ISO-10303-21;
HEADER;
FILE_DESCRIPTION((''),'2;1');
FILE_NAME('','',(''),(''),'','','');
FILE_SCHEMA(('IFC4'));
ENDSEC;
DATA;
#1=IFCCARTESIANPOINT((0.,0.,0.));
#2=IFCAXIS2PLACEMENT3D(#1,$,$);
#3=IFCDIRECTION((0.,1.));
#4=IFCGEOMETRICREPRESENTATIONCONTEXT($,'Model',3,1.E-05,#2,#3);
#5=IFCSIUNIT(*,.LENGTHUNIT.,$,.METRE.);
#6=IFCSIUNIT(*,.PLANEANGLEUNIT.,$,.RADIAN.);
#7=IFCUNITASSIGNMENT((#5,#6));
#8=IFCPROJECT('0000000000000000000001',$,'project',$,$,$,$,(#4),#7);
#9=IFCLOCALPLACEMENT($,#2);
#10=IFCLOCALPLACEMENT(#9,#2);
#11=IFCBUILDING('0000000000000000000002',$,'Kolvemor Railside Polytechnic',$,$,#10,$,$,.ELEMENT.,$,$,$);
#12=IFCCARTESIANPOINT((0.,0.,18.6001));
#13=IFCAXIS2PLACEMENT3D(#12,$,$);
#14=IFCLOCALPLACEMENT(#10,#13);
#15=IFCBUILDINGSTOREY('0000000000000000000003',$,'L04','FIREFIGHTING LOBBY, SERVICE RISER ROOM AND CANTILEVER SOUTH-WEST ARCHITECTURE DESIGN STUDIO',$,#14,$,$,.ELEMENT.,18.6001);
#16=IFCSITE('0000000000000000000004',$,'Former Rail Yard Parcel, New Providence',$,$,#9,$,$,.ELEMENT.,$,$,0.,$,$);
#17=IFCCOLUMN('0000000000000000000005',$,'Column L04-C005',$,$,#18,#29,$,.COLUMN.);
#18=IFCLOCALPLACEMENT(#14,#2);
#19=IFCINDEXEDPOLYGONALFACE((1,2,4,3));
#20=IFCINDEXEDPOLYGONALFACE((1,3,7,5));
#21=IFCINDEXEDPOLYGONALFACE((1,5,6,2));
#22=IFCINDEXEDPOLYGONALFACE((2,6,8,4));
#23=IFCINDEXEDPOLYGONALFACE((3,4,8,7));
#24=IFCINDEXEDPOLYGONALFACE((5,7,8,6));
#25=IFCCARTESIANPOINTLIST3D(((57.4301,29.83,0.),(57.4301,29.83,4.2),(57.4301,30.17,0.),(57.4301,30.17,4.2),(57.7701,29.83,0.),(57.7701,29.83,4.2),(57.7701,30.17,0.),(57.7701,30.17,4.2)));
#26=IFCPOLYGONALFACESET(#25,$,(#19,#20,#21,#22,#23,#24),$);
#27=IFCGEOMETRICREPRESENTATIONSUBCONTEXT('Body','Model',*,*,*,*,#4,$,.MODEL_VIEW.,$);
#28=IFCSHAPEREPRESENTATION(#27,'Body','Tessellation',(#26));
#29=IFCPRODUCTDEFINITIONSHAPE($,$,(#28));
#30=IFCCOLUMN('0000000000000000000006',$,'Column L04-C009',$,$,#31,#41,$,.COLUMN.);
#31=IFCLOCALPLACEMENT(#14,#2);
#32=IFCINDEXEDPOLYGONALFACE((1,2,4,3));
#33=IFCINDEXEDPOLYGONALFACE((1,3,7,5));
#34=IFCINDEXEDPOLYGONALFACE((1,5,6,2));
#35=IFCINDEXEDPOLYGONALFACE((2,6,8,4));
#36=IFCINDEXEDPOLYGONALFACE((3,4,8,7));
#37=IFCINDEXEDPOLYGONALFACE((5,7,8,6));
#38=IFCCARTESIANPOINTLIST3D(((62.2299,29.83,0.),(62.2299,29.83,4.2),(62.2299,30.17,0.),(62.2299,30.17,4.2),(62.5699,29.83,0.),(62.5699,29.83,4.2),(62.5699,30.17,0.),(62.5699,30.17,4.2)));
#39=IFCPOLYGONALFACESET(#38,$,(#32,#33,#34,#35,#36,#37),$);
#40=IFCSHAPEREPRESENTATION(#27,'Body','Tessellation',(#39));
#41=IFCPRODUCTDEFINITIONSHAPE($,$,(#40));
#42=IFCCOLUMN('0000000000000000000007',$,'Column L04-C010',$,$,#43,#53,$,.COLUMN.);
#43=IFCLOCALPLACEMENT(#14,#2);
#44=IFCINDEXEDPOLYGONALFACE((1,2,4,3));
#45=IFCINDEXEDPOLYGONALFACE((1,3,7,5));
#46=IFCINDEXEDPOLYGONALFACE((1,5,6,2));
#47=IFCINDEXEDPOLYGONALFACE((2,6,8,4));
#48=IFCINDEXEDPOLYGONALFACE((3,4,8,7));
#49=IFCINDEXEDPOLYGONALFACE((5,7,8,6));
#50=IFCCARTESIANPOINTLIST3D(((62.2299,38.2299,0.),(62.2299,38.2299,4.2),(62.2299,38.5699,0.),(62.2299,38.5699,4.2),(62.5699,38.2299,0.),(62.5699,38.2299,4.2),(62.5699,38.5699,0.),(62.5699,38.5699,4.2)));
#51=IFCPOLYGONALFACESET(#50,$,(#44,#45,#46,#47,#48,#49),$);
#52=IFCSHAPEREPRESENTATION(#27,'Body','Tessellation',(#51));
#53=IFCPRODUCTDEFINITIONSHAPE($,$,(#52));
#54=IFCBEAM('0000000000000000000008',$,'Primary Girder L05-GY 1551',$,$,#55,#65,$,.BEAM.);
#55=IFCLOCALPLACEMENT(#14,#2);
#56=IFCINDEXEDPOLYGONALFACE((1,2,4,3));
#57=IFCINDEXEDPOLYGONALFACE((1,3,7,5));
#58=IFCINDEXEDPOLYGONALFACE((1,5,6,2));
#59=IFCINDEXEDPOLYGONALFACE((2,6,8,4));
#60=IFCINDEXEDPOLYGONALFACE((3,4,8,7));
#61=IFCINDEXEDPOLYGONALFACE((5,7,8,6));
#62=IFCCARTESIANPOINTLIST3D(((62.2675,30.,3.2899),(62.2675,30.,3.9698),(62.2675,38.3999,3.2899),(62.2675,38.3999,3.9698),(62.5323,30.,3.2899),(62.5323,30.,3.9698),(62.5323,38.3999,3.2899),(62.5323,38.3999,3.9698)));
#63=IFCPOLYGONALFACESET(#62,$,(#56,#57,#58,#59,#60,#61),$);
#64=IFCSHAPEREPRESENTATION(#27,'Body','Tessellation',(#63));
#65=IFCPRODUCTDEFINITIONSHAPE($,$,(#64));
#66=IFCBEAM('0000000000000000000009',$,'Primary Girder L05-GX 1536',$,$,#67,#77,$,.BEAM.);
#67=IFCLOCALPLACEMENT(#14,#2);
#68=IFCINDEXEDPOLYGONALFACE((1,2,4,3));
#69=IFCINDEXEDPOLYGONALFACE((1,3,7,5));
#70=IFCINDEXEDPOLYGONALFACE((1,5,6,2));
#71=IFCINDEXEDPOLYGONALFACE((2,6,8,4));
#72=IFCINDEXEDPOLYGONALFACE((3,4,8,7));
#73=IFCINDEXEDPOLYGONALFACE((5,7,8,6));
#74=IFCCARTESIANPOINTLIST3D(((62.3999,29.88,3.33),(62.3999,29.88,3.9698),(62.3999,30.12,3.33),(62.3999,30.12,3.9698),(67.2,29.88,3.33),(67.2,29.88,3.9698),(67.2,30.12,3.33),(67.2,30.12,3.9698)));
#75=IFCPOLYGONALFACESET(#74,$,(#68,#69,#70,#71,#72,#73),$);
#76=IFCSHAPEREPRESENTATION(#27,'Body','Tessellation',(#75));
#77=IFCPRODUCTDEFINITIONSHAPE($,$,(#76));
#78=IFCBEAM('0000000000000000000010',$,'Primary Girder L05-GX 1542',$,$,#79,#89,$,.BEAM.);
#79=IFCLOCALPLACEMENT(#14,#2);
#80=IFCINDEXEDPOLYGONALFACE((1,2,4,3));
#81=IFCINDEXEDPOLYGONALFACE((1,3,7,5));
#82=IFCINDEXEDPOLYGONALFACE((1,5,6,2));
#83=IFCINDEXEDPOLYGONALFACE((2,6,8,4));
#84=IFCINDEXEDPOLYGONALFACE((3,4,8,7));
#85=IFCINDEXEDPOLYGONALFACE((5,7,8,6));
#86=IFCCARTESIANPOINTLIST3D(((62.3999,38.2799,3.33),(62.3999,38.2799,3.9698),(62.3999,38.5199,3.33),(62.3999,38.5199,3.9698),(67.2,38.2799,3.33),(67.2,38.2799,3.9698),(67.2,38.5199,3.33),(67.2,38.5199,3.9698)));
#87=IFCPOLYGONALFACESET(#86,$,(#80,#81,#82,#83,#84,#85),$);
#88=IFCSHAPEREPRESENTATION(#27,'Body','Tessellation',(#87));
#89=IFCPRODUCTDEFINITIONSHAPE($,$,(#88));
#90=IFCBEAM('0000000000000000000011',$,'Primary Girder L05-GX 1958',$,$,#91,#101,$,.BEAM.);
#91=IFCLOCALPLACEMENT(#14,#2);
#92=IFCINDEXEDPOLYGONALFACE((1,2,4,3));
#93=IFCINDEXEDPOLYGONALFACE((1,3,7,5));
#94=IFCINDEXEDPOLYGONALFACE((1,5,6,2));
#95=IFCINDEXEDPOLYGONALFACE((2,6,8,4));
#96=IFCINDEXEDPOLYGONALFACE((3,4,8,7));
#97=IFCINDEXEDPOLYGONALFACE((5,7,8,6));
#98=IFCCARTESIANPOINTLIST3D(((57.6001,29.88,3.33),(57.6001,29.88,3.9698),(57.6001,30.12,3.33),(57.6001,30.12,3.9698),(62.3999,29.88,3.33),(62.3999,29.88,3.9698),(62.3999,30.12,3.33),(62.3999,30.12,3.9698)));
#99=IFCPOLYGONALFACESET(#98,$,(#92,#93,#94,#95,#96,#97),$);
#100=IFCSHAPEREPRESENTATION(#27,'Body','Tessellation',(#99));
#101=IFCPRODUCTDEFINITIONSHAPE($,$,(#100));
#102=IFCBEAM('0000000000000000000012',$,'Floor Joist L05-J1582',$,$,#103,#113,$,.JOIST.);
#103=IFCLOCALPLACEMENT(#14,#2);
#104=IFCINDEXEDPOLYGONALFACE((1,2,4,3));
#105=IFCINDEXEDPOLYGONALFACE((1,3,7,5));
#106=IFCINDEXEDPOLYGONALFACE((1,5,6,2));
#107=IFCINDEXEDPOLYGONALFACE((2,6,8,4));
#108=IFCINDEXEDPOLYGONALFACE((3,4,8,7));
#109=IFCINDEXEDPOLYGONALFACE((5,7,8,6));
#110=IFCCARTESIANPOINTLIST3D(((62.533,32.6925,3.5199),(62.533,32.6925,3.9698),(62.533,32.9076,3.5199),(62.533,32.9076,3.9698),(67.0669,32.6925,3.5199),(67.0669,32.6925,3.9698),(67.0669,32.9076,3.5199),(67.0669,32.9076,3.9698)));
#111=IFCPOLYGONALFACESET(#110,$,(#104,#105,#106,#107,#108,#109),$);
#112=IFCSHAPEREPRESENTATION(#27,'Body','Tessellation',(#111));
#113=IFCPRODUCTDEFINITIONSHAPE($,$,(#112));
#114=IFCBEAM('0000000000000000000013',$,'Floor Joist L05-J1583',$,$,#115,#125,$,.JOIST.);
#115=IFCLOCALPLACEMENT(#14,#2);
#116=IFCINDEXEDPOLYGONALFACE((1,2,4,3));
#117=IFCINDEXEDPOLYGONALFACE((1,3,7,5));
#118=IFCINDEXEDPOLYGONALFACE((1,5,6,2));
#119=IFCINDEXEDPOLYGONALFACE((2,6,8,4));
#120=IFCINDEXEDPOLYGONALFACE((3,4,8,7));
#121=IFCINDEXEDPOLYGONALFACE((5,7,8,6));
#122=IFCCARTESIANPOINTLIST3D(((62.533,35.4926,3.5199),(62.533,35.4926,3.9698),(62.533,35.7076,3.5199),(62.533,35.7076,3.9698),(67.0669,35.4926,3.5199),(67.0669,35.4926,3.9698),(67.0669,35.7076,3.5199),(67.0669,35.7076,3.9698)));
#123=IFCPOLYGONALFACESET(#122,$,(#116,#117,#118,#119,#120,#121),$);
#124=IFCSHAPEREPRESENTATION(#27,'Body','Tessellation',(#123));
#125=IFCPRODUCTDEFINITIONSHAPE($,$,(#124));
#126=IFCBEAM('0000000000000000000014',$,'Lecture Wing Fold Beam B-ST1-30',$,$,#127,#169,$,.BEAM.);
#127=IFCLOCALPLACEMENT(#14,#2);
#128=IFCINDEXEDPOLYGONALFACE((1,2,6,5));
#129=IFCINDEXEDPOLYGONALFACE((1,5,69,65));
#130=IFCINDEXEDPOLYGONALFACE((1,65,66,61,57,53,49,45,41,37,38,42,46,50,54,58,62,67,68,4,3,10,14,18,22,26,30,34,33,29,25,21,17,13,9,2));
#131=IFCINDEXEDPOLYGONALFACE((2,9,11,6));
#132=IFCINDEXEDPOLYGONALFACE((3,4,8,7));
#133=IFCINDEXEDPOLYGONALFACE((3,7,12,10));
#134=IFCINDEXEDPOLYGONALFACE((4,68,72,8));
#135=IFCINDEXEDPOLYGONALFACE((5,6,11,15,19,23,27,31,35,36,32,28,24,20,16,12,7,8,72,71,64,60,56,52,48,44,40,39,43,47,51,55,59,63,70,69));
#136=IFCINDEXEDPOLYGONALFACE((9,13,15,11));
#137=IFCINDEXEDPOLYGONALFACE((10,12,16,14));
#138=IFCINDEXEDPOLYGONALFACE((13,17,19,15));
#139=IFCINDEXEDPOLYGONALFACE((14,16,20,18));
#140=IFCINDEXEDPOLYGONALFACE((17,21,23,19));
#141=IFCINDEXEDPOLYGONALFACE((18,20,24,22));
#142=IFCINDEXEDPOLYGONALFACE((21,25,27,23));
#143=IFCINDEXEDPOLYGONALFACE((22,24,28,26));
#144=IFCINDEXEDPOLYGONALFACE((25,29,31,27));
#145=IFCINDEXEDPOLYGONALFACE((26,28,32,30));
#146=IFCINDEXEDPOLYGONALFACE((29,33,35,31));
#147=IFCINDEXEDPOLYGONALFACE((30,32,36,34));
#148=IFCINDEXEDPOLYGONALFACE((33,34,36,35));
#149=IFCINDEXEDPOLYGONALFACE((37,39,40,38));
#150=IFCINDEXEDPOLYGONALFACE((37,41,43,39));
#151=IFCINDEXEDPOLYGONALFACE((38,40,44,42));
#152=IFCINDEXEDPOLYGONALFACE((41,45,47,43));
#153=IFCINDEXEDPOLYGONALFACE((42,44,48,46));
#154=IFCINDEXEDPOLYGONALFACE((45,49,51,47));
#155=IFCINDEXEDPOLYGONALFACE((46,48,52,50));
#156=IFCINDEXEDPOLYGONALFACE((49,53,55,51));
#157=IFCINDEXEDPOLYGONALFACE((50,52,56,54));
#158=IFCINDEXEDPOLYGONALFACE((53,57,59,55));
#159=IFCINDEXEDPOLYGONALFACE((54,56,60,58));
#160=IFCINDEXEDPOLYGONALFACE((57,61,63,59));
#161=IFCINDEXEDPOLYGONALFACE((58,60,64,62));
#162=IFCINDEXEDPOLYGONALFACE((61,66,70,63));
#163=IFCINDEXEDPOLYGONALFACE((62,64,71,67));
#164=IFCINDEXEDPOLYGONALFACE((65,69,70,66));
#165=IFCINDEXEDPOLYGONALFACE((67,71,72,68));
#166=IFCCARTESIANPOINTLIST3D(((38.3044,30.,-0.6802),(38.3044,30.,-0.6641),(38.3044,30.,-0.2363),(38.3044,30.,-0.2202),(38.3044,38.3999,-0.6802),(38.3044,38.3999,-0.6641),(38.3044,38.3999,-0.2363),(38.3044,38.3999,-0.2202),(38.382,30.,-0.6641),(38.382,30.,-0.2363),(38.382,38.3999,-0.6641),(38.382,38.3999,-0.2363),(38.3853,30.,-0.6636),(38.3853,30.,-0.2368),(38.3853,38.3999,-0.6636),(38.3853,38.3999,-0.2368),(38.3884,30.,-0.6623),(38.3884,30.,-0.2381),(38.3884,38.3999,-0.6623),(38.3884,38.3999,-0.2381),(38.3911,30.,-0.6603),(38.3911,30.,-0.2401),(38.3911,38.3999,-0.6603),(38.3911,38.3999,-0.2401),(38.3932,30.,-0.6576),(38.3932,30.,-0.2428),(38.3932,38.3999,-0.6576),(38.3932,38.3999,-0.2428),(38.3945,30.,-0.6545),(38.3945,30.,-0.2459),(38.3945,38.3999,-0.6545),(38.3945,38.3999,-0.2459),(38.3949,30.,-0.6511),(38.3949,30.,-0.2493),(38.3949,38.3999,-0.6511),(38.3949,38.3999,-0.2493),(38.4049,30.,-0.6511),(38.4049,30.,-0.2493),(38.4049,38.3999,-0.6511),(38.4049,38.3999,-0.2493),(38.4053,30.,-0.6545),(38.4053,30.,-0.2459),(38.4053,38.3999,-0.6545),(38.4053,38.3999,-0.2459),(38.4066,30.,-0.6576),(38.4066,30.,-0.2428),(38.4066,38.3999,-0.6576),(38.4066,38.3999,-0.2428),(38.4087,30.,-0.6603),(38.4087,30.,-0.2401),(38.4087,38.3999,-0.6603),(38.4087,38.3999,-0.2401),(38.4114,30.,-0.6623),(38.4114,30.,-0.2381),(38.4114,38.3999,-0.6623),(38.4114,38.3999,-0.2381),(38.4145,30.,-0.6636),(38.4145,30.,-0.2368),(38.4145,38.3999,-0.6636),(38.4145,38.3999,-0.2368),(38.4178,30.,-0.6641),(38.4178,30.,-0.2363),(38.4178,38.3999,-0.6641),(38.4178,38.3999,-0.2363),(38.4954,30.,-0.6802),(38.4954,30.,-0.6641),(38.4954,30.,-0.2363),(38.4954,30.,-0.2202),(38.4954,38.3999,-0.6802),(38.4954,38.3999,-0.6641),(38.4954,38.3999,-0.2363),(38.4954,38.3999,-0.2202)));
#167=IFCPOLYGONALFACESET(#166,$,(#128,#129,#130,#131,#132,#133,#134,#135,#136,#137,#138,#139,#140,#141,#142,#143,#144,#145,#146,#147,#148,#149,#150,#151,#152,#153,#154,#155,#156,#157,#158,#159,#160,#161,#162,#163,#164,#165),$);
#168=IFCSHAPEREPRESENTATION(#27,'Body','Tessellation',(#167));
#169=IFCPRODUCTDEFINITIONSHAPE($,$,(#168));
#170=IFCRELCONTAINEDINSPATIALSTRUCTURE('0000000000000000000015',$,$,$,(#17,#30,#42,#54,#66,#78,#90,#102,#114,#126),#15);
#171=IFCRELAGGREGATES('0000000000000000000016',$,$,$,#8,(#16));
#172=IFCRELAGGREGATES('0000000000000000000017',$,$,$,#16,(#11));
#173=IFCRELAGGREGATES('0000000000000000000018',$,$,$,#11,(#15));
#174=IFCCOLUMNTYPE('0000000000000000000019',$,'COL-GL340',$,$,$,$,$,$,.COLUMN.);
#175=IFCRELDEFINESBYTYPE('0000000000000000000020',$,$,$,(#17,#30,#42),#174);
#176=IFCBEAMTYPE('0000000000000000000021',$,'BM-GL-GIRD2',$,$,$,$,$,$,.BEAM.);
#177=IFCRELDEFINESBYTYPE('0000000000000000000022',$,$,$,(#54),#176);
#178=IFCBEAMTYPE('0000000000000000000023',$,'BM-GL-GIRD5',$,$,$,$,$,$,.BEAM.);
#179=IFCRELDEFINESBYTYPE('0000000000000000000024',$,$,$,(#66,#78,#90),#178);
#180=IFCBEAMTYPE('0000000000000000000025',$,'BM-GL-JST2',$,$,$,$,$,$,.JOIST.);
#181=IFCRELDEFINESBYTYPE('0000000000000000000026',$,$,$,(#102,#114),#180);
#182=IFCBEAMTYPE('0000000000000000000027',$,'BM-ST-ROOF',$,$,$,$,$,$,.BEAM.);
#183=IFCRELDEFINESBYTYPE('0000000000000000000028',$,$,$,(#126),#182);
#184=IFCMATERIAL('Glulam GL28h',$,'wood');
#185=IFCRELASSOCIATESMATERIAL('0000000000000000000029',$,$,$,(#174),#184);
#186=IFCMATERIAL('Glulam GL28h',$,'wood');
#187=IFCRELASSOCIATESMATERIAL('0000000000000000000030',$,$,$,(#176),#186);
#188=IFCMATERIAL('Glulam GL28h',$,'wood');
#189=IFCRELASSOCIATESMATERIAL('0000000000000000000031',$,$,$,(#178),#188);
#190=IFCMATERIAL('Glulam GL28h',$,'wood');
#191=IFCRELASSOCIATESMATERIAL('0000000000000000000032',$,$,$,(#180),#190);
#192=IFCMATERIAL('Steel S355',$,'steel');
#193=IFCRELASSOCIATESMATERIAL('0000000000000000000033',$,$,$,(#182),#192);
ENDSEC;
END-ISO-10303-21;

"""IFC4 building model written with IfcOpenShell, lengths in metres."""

from ifc_helpers import new_model, si_unit, direction, frame, origin, origin_2d, place, context, subcontext, project, spatial, rectangle, i_section, extrude, material, material_profile, profile_set, type_object, element, save


model = new_model("IFC4")

# Units and contexts
model_context = context("Model", 3, precision=1e-05, world=origin(), true_north=direction((0.0, 1.0)))
body_context = subcontext(model_context, "Body", "Model", "MODEL_VIEW")
ifc_project = project(units=[si_unit("LENGTHUNIT", "METRE"), si_unit("PLANEANGLEUNIT", "RADIAN")], contexts=[model_context])

# Site, building, storey
site_placement = place(None, origin())
site = spatial("IfcSite", under=ifc_project, at=site_placement, Name="Former Rail Yard Parcel, New Providence", CompositionType="ELEMENT", RefElevation=0.0)
building_placement = place(site_placement, origin())
building = spatial("IfcBuilding", under=site, at=building_placement, Name="Kolvemor Railside Polytechnic", CompositionType="ELEMENT")
storey_placement = place(building_placement, frame((0.0, 0.0, 18.6001)))
storey = spatial("IfcBuildingStorey", under=building, at=storey_placement, Name="L04", Description="FIREFIGHTING LOBBY, SERVICE RISER ROOM AND CANTILEVER SOUTH-WEST ARCHITECTURE DESIGN STUDIO", CompositionType="ELEMENT", Elevation=18.6001)

# Columns
ifc_material_1 = material(Name="Glulam GL28h", Category="wood")
ifc_material_profile_1 = material_profile(ifc_material_1, rectangle(XDim=0.3401, YDim=0.3401, at=origin_2d()), Name="GL340x340")
ifc_profile_set_1 = profile_set([ifc_material_profile_1], Name="Glulam GL28h")
column_type = type_object("IfcColumnType", Name="COL-GL340", PredefinedType="COLUMN", material=ifc_profile_set_1)
for number, where, z_axis, x_axis, name in (
    (1, (57.6001, 30.0, 0.0), (0.0, 0.0, 1.0), (1.0, 0.0, 0.0), "Column L04-C005"),
    (2, (62.3999, 30.0, 0.0), (0.0, 0.0, 1.0), (1.0, 0.0, 0.0), "Column L04-C009"),
    (3, (62.3999, 38.3999, 0.0), (0.0, 0.0, 1.0), (1.0, 0.0, 0.0), "Column L04-C010"),
):
    element("IfcColumn", number, at=place(storey_placement, frame(where, z_axis=z_axis, x_axis=x_axis)), inside=storey, type_object=column_type, Name=name, PredefinedType="COLUMN", context=body_context, shape_type="SweptSolid", body=[
        extrude(rectangle(XDim=0.3401, YDim=0.3401, at=origin_2d()), origin(), (0.0, 0.0, 1.0), 4.2),
    ])

# Beams
ifc_material_2 = material(Name="Glulam GL28h", Category="wood")
ifc_material_profile_2 = material_profile(ifc_material_2, rectangle(XDim=0.2649, YDim=0.6799, at=origin_2d()), Name="GL265x680")
ifc_profile_set_2 = profile_set([ifc_material_profile_2], Name="Glulam GL28h")
beam_type_1 = type_object("IfcBeamType", Name="BM-GL-GIRD2", PredefinedType="BEAM", material=ifc_profile_set_2)
beam_1_placement = place(storey_placement, frame((62.3999, 30.0, 3.6299), z_axis=(0.0, 1.0, 0.0), x_axis=(-1.0, 0.0, 0.0)))
element("IfcBeam", 4, at=beam_1_placement, inside=storey, type_object=beam_type_1, Name="Primary Girder L05-GY 1551", PredefinedType="BEAM", context=body_context, shape_type="SweptSolid", body=[
    extrude(rectangle(XDim=0.2649, YDim=0.6799, at=origin_2d()), origin(), (0.0, 0.0, 1.0), 8.3999),
])
ifc_material_3 = material(Name="Glulam GL28h", Category="wood")
ifc_material_profile_3 = material_profile(ifc_material_3, rectangle(XDim=0.24, YDim=0.6399, at=origin_2d()), Name="GL240x640")
ifc_profile_set_3 = profile_set([ifc_material_profile_3], Name="Glulam GL28h")
beam_type_2 = type_object("IfcBeamType", Name="BM-GL-GIRD5", PredefinedType="BEAM", material=ifc_profile_set_3)
for number, where, z_axis, x_axis, name in (
    (5, (62.3999, 30.0, 3.6499), (1.0, 0.0, 0.0), (0.0, 1.0, 0.0), "Primary Girder L05-GX 1536"),
    (6, (62.3999, 38.3999, 3.6499), (1.0, 0.0, 0.0), (0.0, 1.0, 0.0), "Primary Girder L05-GX 1542"),
):
    element("IfcBeam", number, at=place(storey_placement, frame(where, z_axis=z_axis, x_axis=x_axis)), inside=storey, type_object=beam_type_2, Name=name, PredefinedType="BEAM", context=body_context, shape_type="SweptSolid", body=[
        extrude(rectangle(XDim=0.24, YDim=0.6399, at=origin_2d()), origin(), (0.0, 0.0, 1.0), 4.8),
    ])
beam_2_placement = place(storey_placement, frame((57.6001, 30.0, 3.6499), z_axis=(1.0, 0.0, 0.0), x_axis=(0.0, 1.0, 0.0)))
element("IfcBeam", 7, at=beam_2_placement, inside=storey, type_object=beam_type_2, Name="Primary Girder L05-GX 1958", PredefinedType="BEAM", context=body_context, shape_type="SweptSolid", body=[
    extrude(rectangle(XDim=0.24, YDim=0.6399, at=origin_2d()), origin(), (0.0, 0.0, 1.0), 4.7998),
])
ifc_material_4 = material(Name="Glulam GL28h", Category="wood")
ifc_material_profile_4 = material_profile(ifc_material_4, rectangle(XDim=0.2151, YDim=0.45, at=origin_2d()), Name="GL215x450")
ifc_profile_set_4 = profile_set([ifc_material_profile_4], Name="Glulam GL28h")
beam_type_3 = type_object("IfcBeamType", Name="BM-GL-JST2", PredefinedType="JOIST", material=ifc_profile_set_4)
for number, where, z_axis, x_axis, name in (
    (8, (62.533, 32.8, 3.7449), (1.0, 0.0, 0.0), (0.0, 1.0, 0.0), "Floor Joist L05-J1582"),
    (9, (62.533, 35.6001, 3.7449), (1.0, 0.0, 0.0), (0.0, 1.0, 0.0), "Floor Joist L05-J1583"),
):
    element("IfcBeam", number, at=place(storey_placement, frame(where, z_axis=z_axis, x_axis=x_axis)), inside=storey, type_object=beam_type_3, Name=name, PredefinedType="JOIST", context=body_context, shape_type="SweptSolid", body=[
        extrude(rectangle(XDim=0.2151, YDim=0.45, at=origin_2d()), origin(), (0.0, 0.0, 1.0), 4.5339),
    ])
ifc_material_5 = material(Name="Steel S355", Category="steel")
ifc_material_profile_5 = material_profile(ifc_material_5, i_section(OverallWidth=0.1909, OverallDepth=0.46, WebThickness=0.01, FlangeThickness=0.0161, FilletRadius=0.0129, at=origin_2d()), Name="W460x82")
ifc_profile_set_5 = profile_set([ifc_material_profile_5], Name="Steel S355")
beam_type_4 = type_object("IfcBeamType", Name="BM-ST-ROOF", PredefinedType="BEAM", material=ifc_profile_set_5)
beam_3_placement = place(storey_placement, frame((38.3999, 30.0, -0.4502), z_axis=(0.0, 1.0, 0.0), x_axis=(-1.0, 0.0, 0.0)))
element("IfcBeam", 10, at=beam_3_placement, inside=storey, type_object=beam_type_4, Name="Lecture Wing Fold Beam B-ST1-30", PredefinedType="BEAM", context=body_context, shape_type="SweptSolid", body=[
    extrude(i_section(OverallWidth=0.1909, OverallDepth=0.46, WebThickness=0.01, FlangeThickness=0.0161, FilletRadius=0.0129, at=origin_2d()), origin(), (0.0, 0.0, 1.0), 8.3999),
])

save(model, "model.ifc")
